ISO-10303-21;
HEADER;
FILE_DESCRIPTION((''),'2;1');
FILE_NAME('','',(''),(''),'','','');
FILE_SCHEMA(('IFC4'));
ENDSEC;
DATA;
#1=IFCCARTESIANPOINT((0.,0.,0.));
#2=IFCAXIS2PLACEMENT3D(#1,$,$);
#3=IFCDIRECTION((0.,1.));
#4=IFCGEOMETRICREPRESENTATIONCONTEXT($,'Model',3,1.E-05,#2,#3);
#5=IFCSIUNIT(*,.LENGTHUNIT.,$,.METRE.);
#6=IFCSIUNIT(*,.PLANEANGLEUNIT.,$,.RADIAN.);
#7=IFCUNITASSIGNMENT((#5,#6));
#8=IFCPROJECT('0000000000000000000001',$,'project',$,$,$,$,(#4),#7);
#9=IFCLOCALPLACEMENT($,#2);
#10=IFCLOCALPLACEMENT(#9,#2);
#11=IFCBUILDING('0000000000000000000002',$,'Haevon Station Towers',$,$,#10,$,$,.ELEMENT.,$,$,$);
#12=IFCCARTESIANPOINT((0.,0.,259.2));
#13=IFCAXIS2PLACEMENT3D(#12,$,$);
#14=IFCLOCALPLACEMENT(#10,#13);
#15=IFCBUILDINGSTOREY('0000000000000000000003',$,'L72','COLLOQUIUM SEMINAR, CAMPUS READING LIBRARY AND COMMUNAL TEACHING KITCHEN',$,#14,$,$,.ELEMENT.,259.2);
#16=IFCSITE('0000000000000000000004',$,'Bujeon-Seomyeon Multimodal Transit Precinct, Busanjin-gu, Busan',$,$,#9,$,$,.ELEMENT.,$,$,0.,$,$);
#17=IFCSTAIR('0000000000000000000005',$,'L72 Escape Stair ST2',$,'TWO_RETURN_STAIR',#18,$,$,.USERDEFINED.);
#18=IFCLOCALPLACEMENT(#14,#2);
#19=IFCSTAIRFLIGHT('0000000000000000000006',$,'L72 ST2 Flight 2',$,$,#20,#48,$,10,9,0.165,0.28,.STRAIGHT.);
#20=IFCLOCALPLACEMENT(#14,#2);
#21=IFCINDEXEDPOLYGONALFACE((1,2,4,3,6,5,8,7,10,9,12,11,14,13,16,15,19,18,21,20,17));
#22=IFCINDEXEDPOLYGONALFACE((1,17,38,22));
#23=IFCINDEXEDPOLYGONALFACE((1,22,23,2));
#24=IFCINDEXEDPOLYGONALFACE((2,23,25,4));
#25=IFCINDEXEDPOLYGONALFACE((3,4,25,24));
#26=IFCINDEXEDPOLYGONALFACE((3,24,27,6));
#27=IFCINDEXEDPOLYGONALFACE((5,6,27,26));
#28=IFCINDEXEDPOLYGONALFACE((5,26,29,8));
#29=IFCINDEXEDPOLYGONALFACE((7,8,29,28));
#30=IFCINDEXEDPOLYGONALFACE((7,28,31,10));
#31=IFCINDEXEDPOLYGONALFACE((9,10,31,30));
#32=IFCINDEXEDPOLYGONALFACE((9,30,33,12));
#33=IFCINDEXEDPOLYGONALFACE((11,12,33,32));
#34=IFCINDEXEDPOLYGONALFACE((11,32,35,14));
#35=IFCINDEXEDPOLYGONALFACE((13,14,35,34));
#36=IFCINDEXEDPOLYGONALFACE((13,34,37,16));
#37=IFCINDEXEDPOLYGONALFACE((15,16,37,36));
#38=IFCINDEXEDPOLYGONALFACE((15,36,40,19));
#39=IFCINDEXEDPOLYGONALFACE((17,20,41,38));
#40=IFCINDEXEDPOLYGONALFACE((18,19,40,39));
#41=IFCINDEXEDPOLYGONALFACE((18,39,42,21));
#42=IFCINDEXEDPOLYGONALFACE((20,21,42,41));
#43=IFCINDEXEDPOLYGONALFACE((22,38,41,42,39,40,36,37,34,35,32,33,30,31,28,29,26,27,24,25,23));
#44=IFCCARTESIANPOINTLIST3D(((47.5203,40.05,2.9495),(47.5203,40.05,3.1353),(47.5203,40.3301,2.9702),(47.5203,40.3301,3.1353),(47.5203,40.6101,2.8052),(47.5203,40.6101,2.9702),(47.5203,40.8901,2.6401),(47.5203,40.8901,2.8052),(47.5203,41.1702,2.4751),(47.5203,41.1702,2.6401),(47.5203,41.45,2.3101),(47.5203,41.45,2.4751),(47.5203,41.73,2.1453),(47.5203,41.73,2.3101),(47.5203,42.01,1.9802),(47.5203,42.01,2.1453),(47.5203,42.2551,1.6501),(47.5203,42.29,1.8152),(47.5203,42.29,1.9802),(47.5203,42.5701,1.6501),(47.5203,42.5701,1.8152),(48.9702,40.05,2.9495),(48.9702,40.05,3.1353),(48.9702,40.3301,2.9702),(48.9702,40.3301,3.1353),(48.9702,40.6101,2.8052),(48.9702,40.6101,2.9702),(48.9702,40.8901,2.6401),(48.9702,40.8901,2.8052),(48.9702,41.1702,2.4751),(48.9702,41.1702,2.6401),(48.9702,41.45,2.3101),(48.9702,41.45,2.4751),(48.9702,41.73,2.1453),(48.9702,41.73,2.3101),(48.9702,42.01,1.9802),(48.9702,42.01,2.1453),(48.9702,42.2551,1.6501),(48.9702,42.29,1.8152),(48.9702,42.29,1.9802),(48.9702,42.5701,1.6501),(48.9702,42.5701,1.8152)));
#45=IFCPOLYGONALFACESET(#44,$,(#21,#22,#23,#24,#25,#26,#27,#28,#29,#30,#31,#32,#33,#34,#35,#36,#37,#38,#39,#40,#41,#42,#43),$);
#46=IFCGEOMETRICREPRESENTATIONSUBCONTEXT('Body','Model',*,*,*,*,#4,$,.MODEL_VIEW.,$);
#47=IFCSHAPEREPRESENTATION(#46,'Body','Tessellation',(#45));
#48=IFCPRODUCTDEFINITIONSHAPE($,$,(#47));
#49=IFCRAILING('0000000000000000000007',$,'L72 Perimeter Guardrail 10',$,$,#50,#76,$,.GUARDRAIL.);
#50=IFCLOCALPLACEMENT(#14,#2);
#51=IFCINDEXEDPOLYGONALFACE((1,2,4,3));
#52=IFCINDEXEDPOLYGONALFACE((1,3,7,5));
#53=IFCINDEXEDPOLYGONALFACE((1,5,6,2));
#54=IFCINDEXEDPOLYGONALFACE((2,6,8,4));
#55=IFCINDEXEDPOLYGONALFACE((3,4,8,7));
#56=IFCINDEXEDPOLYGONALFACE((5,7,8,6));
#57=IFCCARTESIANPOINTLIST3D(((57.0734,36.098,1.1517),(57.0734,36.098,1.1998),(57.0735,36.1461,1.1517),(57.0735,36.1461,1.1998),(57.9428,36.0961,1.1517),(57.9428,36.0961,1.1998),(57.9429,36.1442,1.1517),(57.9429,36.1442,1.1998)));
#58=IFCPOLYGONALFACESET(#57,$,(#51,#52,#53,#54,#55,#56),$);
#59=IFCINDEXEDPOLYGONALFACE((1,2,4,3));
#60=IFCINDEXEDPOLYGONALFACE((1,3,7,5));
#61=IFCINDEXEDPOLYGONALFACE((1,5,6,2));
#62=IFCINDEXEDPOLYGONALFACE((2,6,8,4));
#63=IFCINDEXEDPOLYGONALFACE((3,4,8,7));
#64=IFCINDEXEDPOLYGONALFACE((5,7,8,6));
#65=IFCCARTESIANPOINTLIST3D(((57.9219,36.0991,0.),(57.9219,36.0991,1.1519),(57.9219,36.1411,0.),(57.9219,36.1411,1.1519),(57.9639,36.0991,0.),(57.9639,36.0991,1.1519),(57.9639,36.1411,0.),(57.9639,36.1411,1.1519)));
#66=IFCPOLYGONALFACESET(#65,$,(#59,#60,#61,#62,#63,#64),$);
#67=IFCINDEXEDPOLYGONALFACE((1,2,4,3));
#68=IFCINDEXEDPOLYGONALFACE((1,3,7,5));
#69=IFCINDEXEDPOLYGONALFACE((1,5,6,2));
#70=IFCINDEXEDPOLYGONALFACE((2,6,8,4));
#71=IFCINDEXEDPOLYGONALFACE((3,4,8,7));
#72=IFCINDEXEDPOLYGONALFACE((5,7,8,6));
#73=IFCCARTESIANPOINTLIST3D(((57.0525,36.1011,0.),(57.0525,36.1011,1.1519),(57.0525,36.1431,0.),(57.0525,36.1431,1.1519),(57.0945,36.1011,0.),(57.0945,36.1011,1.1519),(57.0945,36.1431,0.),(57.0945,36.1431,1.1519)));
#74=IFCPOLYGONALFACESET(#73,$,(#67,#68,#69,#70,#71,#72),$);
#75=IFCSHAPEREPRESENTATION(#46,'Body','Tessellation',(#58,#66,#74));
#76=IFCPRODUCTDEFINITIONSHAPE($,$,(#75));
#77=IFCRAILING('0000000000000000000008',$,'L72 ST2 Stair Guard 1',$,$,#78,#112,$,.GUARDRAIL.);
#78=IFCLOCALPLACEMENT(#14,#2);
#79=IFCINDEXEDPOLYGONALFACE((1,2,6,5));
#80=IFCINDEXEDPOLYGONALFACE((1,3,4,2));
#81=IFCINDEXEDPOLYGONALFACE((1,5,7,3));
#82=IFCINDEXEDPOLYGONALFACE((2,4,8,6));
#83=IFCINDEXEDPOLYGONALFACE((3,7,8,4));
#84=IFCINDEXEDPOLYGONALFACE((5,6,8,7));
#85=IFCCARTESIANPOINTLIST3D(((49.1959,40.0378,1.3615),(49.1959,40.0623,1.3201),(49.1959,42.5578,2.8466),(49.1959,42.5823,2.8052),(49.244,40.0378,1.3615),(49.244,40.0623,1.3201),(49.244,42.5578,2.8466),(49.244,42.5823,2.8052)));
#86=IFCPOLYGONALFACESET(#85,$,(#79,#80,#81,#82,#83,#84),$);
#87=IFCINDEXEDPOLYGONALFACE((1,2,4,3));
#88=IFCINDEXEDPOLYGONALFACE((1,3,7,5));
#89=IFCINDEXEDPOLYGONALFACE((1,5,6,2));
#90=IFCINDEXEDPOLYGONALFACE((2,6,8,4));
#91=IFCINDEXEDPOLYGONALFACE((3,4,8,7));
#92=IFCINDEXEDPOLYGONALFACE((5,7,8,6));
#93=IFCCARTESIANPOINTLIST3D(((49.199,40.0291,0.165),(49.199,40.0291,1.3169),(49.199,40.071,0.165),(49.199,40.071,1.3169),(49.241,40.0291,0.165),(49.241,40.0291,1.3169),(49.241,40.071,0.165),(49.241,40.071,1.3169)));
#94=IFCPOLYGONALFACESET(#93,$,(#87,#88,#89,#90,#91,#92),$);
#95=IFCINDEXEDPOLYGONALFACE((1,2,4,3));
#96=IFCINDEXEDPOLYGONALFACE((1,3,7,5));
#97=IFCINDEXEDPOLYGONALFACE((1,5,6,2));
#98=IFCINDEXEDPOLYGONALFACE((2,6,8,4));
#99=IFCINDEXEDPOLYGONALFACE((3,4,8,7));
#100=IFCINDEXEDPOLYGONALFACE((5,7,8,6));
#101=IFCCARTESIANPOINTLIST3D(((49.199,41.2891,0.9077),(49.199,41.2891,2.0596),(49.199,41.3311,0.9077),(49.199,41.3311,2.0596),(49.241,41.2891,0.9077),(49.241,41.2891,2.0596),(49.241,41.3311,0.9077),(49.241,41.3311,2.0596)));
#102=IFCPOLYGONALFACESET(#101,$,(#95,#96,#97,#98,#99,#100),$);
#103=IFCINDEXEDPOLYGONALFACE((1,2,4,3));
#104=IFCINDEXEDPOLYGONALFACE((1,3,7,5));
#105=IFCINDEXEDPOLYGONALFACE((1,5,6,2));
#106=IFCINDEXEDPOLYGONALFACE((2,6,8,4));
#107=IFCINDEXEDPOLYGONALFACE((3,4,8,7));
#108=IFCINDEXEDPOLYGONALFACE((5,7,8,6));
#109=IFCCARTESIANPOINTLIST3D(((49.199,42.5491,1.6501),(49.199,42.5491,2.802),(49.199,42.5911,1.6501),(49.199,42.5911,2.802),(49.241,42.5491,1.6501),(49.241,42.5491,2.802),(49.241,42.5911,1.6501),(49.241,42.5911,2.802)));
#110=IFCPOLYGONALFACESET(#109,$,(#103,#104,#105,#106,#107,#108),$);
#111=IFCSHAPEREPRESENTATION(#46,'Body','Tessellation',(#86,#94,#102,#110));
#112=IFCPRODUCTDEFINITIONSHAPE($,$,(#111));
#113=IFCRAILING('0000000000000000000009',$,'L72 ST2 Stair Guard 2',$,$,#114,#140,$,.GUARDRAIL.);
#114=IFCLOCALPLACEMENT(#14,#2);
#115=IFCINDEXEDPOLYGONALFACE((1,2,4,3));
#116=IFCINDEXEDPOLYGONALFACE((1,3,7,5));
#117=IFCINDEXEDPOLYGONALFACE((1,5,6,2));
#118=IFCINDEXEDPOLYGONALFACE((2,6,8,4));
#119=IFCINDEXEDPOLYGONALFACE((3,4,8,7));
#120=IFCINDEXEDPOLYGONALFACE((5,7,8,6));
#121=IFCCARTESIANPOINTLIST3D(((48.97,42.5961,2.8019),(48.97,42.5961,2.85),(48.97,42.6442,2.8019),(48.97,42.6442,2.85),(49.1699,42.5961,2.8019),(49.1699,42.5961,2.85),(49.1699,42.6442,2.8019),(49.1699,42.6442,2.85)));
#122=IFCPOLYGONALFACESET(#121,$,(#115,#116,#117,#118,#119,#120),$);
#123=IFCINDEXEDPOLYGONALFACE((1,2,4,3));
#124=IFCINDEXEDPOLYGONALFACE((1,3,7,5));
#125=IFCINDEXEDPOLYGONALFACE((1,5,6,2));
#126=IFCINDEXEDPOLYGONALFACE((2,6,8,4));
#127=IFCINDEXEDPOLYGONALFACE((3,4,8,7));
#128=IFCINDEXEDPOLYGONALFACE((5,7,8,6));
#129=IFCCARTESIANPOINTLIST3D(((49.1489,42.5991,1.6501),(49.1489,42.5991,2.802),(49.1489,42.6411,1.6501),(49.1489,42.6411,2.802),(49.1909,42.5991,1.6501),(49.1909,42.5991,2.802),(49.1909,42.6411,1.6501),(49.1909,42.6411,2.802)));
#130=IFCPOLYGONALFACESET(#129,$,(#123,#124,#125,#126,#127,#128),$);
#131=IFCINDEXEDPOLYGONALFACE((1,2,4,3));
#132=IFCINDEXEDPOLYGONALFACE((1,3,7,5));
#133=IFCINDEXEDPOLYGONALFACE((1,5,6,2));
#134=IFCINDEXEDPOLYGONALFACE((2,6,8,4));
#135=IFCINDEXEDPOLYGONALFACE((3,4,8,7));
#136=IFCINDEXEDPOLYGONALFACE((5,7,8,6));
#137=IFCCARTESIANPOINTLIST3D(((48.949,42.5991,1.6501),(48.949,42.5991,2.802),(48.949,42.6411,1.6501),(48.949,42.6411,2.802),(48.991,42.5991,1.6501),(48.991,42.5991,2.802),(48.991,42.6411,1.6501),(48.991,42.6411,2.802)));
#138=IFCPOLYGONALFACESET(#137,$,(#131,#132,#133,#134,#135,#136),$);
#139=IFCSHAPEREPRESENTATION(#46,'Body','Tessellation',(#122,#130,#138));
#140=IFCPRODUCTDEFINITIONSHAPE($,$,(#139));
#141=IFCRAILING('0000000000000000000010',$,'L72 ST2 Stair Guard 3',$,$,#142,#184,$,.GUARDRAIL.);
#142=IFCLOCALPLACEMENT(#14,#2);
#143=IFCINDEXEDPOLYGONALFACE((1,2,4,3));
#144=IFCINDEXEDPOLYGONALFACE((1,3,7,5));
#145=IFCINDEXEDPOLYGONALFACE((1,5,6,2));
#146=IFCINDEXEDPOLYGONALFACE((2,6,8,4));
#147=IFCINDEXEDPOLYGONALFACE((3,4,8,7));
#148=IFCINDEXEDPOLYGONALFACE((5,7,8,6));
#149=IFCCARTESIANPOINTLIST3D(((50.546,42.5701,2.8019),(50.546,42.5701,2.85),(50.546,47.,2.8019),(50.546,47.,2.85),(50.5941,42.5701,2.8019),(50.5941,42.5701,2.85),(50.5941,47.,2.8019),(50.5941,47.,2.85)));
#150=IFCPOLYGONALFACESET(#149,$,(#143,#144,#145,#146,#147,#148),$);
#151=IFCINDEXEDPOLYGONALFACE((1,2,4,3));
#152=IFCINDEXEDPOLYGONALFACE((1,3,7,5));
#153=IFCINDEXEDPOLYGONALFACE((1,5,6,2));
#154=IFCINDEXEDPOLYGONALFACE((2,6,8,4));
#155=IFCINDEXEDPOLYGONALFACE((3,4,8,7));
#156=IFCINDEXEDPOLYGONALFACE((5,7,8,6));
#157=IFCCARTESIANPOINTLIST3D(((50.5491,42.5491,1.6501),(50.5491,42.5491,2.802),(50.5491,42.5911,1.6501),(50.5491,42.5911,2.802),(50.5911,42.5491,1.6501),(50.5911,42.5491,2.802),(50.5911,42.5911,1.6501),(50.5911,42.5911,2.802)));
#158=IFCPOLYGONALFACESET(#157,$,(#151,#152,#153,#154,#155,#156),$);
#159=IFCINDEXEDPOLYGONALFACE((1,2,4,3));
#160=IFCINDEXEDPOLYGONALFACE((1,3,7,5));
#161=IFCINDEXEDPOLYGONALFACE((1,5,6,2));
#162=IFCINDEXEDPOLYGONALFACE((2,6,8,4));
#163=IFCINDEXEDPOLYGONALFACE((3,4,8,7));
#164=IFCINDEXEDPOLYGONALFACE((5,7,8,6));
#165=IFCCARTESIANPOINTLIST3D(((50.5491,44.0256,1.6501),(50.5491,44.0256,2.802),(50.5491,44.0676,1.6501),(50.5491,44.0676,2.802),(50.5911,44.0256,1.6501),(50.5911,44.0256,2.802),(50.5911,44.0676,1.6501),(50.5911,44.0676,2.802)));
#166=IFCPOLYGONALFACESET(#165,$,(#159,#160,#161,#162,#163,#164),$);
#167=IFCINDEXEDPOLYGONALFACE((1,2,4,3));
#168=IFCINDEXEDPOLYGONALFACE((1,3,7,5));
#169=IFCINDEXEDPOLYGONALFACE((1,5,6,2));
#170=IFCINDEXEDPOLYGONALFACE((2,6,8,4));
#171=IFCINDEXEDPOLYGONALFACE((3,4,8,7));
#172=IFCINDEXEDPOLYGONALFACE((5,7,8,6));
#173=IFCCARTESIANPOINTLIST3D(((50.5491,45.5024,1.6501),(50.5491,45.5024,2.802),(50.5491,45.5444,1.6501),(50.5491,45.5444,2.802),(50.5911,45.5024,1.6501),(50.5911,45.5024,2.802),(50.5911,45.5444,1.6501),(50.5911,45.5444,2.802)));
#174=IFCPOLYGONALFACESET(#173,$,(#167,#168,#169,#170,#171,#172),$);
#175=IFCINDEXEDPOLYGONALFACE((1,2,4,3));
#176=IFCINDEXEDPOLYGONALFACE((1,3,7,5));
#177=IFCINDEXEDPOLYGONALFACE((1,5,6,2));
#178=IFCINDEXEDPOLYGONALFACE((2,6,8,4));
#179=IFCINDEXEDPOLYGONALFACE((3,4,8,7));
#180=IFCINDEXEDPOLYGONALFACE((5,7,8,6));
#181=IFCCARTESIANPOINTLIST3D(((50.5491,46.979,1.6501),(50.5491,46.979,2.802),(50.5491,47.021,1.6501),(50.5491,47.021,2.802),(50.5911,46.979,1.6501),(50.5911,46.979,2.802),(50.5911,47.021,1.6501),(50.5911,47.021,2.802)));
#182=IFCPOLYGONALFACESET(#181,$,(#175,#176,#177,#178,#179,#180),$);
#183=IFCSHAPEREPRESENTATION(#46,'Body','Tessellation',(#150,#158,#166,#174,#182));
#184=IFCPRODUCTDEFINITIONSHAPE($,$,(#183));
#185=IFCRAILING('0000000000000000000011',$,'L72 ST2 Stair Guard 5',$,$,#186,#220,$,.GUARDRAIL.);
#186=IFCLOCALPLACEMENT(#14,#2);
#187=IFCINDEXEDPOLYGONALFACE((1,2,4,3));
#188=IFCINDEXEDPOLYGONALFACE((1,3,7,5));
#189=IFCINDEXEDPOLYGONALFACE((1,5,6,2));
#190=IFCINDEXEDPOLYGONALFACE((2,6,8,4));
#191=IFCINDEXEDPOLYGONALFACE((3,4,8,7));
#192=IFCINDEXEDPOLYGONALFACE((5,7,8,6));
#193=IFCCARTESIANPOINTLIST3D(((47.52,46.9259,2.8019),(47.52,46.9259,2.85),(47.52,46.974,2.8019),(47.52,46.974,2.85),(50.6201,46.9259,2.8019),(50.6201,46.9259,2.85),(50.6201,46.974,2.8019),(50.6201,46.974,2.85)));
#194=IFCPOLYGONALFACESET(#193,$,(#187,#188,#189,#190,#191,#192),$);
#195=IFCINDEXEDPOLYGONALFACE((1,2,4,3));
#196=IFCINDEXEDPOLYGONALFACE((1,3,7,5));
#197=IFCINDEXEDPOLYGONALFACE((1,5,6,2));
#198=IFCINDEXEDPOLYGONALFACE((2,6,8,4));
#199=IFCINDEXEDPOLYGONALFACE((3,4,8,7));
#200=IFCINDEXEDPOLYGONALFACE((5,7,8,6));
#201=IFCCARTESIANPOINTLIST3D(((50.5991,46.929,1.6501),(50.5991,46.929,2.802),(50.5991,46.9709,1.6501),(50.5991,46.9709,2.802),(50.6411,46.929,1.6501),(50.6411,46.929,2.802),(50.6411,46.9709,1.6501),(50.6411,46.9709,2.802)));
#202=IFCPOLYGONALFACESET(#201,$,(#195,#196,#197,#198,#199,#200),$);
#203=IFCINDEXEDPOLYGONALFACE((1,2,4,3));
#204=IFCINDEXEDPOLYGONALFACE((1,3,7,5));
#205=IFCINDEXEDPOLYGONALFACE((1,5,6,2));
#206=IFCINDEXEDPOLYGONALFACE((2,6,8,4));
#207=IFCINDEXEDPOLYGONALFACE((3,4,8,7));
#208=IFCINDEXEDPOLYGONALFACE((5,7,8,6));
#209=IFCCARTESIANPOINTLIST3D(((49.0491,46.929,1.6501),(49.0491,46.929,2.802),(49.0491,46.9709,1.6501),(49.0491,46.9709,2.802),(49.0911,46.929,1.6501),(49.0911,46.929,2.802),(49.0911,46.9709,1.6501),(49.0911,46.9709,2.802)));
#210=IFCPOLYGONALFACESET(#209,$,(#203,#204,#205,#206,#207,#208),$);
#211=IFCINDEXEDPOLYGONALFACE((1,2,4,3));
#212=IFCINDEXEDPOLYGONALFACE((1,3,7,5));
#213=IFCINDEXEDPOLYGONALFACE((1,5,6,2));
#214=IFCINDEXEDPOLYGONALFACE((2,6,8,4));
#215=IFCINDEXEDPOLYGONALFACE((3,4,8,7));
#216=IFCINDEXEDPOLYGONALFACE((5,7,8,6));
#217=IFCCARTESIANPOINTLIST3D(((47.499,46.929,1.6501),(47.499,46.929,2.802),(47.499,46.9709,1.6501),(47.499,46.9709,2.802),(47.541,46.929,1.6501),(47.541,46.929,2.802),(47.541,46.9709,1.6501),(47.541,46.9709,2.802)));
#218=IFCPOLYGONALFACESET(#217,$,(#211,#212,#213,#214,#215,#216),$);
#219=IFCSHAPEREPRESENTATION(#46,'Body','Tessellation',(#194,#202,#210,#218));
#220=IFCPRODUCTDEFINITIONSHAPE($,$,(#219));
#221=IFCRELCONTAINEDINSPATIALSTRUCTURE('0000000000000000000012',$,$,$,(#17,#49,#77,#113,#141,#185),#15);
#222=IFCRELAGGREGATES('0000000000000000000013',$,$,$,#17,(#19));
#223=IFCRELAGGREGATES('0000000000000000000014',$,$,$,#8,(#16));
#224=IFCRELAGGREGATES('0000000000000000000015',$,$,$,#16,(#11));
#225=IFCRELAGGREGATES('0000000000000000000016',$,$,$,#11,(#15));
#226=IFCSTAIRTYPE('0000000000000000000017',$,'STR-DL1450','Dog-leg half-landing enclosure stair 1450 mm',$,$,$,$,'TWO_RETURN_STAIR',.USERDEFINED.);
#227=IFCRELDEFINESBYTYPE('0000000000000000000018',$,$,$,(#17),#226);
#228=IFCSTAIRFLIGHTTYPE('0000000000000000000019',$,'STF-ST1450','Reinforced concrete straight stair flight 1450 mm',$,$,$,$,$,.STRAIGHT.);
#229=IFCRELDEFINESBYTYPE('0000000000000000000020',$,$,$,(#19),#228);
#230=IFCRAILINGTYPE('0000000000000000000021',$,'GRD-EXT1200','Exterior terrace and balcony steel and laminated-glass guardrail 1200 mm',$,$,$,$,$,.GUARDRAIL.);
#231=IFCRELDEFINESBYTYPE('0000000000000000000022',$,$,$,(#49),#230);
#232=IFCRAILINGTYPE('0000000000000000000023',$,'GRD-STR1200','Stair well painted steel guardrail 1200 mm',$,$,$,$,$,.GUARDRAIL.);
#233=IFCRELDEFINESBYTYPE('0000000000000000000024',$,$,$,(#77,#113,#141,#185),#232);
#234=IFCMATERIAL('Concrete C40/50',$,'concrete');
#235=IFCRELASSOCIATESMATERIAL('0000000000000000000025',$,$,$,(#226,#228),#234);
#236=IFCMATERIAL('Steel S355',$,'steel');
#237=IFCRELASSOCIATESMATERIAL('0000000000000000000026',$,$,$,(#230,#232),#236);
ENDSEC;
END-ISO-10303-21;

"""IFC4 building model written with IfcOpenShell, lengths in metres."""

from ifc_helpers import new_model, si_unit, direction, frame, origin, origin_2d, place, context, subcontext, project, spatial, polyline, rectangle, outline, extrude, material, type_object, element, aggregate, save


model = new_model("IFC4")

# Units and contexts
model_context = context("Model", 3, precision=1e-05, world=origin(), true_north=direction((0.0, 1.0)))
body_context = subcontext(model_context, "Body", "Model", "MODEL_VIEW")
ifc_project = project(units=[si_unit("LENGTHUNIT", "METRE"), si_unit("PLANEANGLEUNIT", "RADIAN")], contexts=[model_context])

# Site, building, storey
site_placement = place(None, origin())
site = spatial("IfcSite", under=ifc_project, at=site_placement, Name="Bujeon-Seomyeon Multimodal Transit Precinct, Busanjin-gu, Busan", CompositionType="ELEMENT", RefElevation=0.0)
building_placement = place(site_placement, origin())
building = spatial("IfcBuilding", under=site, at=building_placement, Name="Haevon Station Towers", CompositionType="ELEMENT")
storey_placement = place(building_placement, frame((0.0, 0.0, 259.2)))
storey = spatial("IfcBuildingStorey", under=building, at=storey_placement, Name="L72", Description="COLLOQUIUM SEMINAR, CAMPUS READING LIBRARY AND COMMUNAL TEACHING KITCHEN", CompositionType="ELEMENT", Elevation=259.2)

# Shared definitions
ifc_material_1 = material(Name="Steel S355", Category="steel")

# Stair, stair flight
ifc_material_2 = material(Name="Concrete C40/50", Category="concrete")
stair_type = type_object("IfcStairType", Name="STR-DL1450", Description="Dog-leg half-landing enclosure stair 1450 mm", ElementType="TWO_RETURN_STAIR", PredefinedType="USERDEFINED", material=ifc_material_2)
stair_placement = place(storey_placement, origin())
stair = element("IfcStair", 1, at=stair_placement, inside=storey, type_object=stair_type, Name="L72 Escape Stair ST2", ObjectType="TWO_RETURN_STAIR", PredefinedType="USERDEFINED")
stair_flight_type = type_object("IfcStairFlightType", Name="STF-ST1450", Description="Reinforced concrete straight stair flight 1450 mm", PredefinedType="STRAIGHT", material=ifc_material_2)
stair_flight_1_placement = place(storey_placement, frame((48.2451, 42.5701, 1.6501), z_axis=(0.0, 0.0, 1.0), x_axis=(0.0, -1.0, 0.0)))
stair_flight_1 = element("IfcStairFlight", 2, at=stair_flight_1_placement, type_object=stair_flight_type, Name="L72 ST2 Flight 2", NumberOfRisers=10, NumberOfTreads=9, PredefinedType="STRAIGHT", RiserHeight=0.165, TreadLength=0.28, context=body_context, shape_type="SweptSolid", body=[
    extrude(outline(polyline([(0.0, 0.0), (0.0, 0.165), (0.28, 0.165), (0.28, 0.3301), (0.5601, 0.3301), (0.5601, 0.4951), (0.8401, 0.4951), (0.8401, 0.6599), (1.1201, 0.6599), (1.1201, 0.825), (1.3999, 0.825), (1.3999, 0.99), (1.6799, 0.99), (1.6799, 1.155), (1.96, 1.155), (1.96, 1.3201), (2.24, 1.3201), (2.24, 1.4851), (2.52, 1.4851), (2.52, 1.6499), (2.52, 1.2993), (0.3149, 0.0), (0.0, 0.0)])), frame((0.0, 0.7251, 0.0), z_axis=(0.0, -1.0, 0.0), x_axis=(1.0, 0.0, 0.0)), (0.0, 0.0, 1.0), 1.45),
])
aggregate(stair, [stair_flight_1])

# Railings
railing_type_1 = type_object("IfcRailingType", Name="GRD-EXT1200", Description="Exterior terrace and balcony steel and laminated-glass guardrail 1200 mm", PredefinedType="GUARDRAIL", material=ifc_material_1)
railing_1_placement = place(storey_placement, frame((57.9429, 36.1201, 0.0)))
element("IfcRailing", 3, at=railing_1_placement, inside=storey, type_object=railing_type_1, Name="L72 Perimeter Guardrail 10", PredefinedType="GUARDRAIL", context=body_context, shape_type="SweptSolid", body=[
    extrude(rectangle(XDim=0.0481, YDim=0.0481, at=origin_2d()), frame((0.0, 0.0, 1.1758), z_axis=(-0.999997, 0.002247, 0.0), x_axis=(-0.002247, -0.999997, 0.0)), (0.0, 0.0, 1.0), 0.8694),
    extrude(rectangle(XDim=0.042, YDim=0.042, at=origin_2d()), origin(), (0.0, 0.0, 1.0), 1.1519),
    extrude(rectangle(XDim=0.042, YDim=0.042, at=origin_2d()), frame((-0.8694, 0.002, 0.0)), (0.0, 0.0, 1.0), 1.1519),
])
railing_type_2 = type_object("IfcRailingType", Name="GRD-STR1200", Description="Stair well painted steel guardrail 1200 mm", PredefinedType="GUARDRAIL", material=ifc_material_1)
railing_2_placement = place(storey_placement, frame((49.22, 40.05, 0.165)))
element("IfcRailing", 4, at=railing_2_placement, inside=storey, type_object=railing_type_2, Name="L72 ST2 Stair Guard 1", PredefinedType="GUARDRAIL", context=body_context, shape_type="SweptSolid", body=[
    extrude(rectangle(XDim=0.0481, YDim=0.0481, at=origin_2d()), frame((0.0, 0.0, 1.1758), z_axis=(0.0, 0.861524, 0.507717), x_axis=(-1.0, 0.0, 0.0)), (0.0, 0.0, 1.0), 2.925),
    extrude(rectangle(XDim=0.042, YDim=0.042, at=origin_2d()), origin(), (0.0, 0.0, 1.0), 1.1519),
    extrude(rectangle(XDim=0.042, YDim=0.042, at=origin_2d()), frame((0.0, 1.26, 0.7427)), (0.0, 0.0, 1.0), 1.1519),
    extrude(rectangle(XDim=0.042, YDim=0.042, at=origin_2d()), frame((0.0, 2.52, 1.4851)), (0.0, 0.0, 1.0), 1.1519),
])
railing_3_placement = place(storey_placement, frame((49.1699, 42.6201, 1.6501)))
element("IfcRailing", 5, at=railing_3_placement, inside=storey, type_object=railing_type_2, Name="L72 ST2 Stair Guard 2", PredefinedType="GUARDRAIL", context=body_context, shape_type="SweptSolid", body=[
    extrude(rectangle(XDim=0.0481, YDim=0.0481, at=origin_2d()), frame((0.0, 0.0, 1.1758), z_axis=(-1.0, 0.0, 0.0), x_axis=(0.0, -1.0, 0.0)), (0.0, 0.0, 1.0), 0.2),
    extrude(rectangle(XDim=0.042, YDim=0.042, at=origin_2d()), origin(), (0.0, 0.0, 1.0), 1.1519),
    extrude(rectangle(XDim=0.042, YDim=0.042, at=origin_2d()), frame((-0.2, 0.0, 0.0)), (0.0, 0.0, 1.0), 1.1519),
])
railing_4_placement = place(storey_placement, frame((50.5701, 42.5701, 1.6501)))
element("IfcRailing", 6, at=railing_4_placement, inside=storey, type_object=railing_type_2, Name="L72 ST2 Stair Guard 3", PredefinedType="GUARDRAIL", context=body_context, shape_type="SweptSolid", body=[
    extrude(rectangle(XDim=0.0481, YDim=0.0481, at=origin_2d()), frame((0.0, 0.0, 1.1758), z_axis=(0.0, 1.0, 0.0), x_axis=(-1.0, 0.0, 0.0)), (0.0, 0.0, 1.0), 4.4299),
    extrude(rectangle(XDim=0.042, YDim=0.042, at=origin_2d()), origin(), (0.0, 0.0, 1.0), 1.1519),
    extrude(rectangle(XDim=0.042, YDim=0.042, at=origin_2d()), frame((0.0, 1.4766, 0.0)), (0.0, 0.0, 1.0), 1.1519),
    extrude(rectangle(XDim=0.042, YDim=0.042, at=origin_2d()), frame((0.0, 2.9534, 0.0)), (0.0, 0.0, 1.0), 1.1519),
    extrude(rectangle(XDim=0.042, YDim=0.042, at=origin_2d()), frame((0.0, 4.4299, 0.0)), (0.0, 0.0, 1.0), 1.1519),
])
railing_5_placement = place(storey_placement, frame((50.6201, 46.95, 1.6501)))
element("IfcRailing", 7, at=railing_5_placement, inside=storey, type_object=railing_type_2, Name="L72 ST2 Stair Guard 5", PredefinedType="GUARDRAIL", context=body_context, shape_type="SweptSolid", body=[
    extrude(rectangle(XDim=0.0481, YDim=0.0481, at=origin_2d()), frame((0.0, 0.0, 1.1758), z_axis=(-1.0, 0.0, 0.0), x_axis=(0.0, -1.0, 0.0)), (0.0, 0.0, 1.0), 3.1001),
    extrude(rectangle(XDim=0.042, YDim=0.042, at=origin_2d()), origin(), (0.0, 0.0, 1.0), 1.1519),
    extrude(rectangle(XDim=0.042, YDim=0.042, at=origin_2d()), frame((-1.55, 0.0, 0.0)), (0.0, 0.0, 1.0), 1.1519),
    extrude(rectangle(XDim=0.042, YDim=0.042, at=origin_2d()), frame((-3.1001, 0.0, 0.0)), (0.0, 0.0, 1.0), 1.1519),
])

save(model, "model.ifc")
